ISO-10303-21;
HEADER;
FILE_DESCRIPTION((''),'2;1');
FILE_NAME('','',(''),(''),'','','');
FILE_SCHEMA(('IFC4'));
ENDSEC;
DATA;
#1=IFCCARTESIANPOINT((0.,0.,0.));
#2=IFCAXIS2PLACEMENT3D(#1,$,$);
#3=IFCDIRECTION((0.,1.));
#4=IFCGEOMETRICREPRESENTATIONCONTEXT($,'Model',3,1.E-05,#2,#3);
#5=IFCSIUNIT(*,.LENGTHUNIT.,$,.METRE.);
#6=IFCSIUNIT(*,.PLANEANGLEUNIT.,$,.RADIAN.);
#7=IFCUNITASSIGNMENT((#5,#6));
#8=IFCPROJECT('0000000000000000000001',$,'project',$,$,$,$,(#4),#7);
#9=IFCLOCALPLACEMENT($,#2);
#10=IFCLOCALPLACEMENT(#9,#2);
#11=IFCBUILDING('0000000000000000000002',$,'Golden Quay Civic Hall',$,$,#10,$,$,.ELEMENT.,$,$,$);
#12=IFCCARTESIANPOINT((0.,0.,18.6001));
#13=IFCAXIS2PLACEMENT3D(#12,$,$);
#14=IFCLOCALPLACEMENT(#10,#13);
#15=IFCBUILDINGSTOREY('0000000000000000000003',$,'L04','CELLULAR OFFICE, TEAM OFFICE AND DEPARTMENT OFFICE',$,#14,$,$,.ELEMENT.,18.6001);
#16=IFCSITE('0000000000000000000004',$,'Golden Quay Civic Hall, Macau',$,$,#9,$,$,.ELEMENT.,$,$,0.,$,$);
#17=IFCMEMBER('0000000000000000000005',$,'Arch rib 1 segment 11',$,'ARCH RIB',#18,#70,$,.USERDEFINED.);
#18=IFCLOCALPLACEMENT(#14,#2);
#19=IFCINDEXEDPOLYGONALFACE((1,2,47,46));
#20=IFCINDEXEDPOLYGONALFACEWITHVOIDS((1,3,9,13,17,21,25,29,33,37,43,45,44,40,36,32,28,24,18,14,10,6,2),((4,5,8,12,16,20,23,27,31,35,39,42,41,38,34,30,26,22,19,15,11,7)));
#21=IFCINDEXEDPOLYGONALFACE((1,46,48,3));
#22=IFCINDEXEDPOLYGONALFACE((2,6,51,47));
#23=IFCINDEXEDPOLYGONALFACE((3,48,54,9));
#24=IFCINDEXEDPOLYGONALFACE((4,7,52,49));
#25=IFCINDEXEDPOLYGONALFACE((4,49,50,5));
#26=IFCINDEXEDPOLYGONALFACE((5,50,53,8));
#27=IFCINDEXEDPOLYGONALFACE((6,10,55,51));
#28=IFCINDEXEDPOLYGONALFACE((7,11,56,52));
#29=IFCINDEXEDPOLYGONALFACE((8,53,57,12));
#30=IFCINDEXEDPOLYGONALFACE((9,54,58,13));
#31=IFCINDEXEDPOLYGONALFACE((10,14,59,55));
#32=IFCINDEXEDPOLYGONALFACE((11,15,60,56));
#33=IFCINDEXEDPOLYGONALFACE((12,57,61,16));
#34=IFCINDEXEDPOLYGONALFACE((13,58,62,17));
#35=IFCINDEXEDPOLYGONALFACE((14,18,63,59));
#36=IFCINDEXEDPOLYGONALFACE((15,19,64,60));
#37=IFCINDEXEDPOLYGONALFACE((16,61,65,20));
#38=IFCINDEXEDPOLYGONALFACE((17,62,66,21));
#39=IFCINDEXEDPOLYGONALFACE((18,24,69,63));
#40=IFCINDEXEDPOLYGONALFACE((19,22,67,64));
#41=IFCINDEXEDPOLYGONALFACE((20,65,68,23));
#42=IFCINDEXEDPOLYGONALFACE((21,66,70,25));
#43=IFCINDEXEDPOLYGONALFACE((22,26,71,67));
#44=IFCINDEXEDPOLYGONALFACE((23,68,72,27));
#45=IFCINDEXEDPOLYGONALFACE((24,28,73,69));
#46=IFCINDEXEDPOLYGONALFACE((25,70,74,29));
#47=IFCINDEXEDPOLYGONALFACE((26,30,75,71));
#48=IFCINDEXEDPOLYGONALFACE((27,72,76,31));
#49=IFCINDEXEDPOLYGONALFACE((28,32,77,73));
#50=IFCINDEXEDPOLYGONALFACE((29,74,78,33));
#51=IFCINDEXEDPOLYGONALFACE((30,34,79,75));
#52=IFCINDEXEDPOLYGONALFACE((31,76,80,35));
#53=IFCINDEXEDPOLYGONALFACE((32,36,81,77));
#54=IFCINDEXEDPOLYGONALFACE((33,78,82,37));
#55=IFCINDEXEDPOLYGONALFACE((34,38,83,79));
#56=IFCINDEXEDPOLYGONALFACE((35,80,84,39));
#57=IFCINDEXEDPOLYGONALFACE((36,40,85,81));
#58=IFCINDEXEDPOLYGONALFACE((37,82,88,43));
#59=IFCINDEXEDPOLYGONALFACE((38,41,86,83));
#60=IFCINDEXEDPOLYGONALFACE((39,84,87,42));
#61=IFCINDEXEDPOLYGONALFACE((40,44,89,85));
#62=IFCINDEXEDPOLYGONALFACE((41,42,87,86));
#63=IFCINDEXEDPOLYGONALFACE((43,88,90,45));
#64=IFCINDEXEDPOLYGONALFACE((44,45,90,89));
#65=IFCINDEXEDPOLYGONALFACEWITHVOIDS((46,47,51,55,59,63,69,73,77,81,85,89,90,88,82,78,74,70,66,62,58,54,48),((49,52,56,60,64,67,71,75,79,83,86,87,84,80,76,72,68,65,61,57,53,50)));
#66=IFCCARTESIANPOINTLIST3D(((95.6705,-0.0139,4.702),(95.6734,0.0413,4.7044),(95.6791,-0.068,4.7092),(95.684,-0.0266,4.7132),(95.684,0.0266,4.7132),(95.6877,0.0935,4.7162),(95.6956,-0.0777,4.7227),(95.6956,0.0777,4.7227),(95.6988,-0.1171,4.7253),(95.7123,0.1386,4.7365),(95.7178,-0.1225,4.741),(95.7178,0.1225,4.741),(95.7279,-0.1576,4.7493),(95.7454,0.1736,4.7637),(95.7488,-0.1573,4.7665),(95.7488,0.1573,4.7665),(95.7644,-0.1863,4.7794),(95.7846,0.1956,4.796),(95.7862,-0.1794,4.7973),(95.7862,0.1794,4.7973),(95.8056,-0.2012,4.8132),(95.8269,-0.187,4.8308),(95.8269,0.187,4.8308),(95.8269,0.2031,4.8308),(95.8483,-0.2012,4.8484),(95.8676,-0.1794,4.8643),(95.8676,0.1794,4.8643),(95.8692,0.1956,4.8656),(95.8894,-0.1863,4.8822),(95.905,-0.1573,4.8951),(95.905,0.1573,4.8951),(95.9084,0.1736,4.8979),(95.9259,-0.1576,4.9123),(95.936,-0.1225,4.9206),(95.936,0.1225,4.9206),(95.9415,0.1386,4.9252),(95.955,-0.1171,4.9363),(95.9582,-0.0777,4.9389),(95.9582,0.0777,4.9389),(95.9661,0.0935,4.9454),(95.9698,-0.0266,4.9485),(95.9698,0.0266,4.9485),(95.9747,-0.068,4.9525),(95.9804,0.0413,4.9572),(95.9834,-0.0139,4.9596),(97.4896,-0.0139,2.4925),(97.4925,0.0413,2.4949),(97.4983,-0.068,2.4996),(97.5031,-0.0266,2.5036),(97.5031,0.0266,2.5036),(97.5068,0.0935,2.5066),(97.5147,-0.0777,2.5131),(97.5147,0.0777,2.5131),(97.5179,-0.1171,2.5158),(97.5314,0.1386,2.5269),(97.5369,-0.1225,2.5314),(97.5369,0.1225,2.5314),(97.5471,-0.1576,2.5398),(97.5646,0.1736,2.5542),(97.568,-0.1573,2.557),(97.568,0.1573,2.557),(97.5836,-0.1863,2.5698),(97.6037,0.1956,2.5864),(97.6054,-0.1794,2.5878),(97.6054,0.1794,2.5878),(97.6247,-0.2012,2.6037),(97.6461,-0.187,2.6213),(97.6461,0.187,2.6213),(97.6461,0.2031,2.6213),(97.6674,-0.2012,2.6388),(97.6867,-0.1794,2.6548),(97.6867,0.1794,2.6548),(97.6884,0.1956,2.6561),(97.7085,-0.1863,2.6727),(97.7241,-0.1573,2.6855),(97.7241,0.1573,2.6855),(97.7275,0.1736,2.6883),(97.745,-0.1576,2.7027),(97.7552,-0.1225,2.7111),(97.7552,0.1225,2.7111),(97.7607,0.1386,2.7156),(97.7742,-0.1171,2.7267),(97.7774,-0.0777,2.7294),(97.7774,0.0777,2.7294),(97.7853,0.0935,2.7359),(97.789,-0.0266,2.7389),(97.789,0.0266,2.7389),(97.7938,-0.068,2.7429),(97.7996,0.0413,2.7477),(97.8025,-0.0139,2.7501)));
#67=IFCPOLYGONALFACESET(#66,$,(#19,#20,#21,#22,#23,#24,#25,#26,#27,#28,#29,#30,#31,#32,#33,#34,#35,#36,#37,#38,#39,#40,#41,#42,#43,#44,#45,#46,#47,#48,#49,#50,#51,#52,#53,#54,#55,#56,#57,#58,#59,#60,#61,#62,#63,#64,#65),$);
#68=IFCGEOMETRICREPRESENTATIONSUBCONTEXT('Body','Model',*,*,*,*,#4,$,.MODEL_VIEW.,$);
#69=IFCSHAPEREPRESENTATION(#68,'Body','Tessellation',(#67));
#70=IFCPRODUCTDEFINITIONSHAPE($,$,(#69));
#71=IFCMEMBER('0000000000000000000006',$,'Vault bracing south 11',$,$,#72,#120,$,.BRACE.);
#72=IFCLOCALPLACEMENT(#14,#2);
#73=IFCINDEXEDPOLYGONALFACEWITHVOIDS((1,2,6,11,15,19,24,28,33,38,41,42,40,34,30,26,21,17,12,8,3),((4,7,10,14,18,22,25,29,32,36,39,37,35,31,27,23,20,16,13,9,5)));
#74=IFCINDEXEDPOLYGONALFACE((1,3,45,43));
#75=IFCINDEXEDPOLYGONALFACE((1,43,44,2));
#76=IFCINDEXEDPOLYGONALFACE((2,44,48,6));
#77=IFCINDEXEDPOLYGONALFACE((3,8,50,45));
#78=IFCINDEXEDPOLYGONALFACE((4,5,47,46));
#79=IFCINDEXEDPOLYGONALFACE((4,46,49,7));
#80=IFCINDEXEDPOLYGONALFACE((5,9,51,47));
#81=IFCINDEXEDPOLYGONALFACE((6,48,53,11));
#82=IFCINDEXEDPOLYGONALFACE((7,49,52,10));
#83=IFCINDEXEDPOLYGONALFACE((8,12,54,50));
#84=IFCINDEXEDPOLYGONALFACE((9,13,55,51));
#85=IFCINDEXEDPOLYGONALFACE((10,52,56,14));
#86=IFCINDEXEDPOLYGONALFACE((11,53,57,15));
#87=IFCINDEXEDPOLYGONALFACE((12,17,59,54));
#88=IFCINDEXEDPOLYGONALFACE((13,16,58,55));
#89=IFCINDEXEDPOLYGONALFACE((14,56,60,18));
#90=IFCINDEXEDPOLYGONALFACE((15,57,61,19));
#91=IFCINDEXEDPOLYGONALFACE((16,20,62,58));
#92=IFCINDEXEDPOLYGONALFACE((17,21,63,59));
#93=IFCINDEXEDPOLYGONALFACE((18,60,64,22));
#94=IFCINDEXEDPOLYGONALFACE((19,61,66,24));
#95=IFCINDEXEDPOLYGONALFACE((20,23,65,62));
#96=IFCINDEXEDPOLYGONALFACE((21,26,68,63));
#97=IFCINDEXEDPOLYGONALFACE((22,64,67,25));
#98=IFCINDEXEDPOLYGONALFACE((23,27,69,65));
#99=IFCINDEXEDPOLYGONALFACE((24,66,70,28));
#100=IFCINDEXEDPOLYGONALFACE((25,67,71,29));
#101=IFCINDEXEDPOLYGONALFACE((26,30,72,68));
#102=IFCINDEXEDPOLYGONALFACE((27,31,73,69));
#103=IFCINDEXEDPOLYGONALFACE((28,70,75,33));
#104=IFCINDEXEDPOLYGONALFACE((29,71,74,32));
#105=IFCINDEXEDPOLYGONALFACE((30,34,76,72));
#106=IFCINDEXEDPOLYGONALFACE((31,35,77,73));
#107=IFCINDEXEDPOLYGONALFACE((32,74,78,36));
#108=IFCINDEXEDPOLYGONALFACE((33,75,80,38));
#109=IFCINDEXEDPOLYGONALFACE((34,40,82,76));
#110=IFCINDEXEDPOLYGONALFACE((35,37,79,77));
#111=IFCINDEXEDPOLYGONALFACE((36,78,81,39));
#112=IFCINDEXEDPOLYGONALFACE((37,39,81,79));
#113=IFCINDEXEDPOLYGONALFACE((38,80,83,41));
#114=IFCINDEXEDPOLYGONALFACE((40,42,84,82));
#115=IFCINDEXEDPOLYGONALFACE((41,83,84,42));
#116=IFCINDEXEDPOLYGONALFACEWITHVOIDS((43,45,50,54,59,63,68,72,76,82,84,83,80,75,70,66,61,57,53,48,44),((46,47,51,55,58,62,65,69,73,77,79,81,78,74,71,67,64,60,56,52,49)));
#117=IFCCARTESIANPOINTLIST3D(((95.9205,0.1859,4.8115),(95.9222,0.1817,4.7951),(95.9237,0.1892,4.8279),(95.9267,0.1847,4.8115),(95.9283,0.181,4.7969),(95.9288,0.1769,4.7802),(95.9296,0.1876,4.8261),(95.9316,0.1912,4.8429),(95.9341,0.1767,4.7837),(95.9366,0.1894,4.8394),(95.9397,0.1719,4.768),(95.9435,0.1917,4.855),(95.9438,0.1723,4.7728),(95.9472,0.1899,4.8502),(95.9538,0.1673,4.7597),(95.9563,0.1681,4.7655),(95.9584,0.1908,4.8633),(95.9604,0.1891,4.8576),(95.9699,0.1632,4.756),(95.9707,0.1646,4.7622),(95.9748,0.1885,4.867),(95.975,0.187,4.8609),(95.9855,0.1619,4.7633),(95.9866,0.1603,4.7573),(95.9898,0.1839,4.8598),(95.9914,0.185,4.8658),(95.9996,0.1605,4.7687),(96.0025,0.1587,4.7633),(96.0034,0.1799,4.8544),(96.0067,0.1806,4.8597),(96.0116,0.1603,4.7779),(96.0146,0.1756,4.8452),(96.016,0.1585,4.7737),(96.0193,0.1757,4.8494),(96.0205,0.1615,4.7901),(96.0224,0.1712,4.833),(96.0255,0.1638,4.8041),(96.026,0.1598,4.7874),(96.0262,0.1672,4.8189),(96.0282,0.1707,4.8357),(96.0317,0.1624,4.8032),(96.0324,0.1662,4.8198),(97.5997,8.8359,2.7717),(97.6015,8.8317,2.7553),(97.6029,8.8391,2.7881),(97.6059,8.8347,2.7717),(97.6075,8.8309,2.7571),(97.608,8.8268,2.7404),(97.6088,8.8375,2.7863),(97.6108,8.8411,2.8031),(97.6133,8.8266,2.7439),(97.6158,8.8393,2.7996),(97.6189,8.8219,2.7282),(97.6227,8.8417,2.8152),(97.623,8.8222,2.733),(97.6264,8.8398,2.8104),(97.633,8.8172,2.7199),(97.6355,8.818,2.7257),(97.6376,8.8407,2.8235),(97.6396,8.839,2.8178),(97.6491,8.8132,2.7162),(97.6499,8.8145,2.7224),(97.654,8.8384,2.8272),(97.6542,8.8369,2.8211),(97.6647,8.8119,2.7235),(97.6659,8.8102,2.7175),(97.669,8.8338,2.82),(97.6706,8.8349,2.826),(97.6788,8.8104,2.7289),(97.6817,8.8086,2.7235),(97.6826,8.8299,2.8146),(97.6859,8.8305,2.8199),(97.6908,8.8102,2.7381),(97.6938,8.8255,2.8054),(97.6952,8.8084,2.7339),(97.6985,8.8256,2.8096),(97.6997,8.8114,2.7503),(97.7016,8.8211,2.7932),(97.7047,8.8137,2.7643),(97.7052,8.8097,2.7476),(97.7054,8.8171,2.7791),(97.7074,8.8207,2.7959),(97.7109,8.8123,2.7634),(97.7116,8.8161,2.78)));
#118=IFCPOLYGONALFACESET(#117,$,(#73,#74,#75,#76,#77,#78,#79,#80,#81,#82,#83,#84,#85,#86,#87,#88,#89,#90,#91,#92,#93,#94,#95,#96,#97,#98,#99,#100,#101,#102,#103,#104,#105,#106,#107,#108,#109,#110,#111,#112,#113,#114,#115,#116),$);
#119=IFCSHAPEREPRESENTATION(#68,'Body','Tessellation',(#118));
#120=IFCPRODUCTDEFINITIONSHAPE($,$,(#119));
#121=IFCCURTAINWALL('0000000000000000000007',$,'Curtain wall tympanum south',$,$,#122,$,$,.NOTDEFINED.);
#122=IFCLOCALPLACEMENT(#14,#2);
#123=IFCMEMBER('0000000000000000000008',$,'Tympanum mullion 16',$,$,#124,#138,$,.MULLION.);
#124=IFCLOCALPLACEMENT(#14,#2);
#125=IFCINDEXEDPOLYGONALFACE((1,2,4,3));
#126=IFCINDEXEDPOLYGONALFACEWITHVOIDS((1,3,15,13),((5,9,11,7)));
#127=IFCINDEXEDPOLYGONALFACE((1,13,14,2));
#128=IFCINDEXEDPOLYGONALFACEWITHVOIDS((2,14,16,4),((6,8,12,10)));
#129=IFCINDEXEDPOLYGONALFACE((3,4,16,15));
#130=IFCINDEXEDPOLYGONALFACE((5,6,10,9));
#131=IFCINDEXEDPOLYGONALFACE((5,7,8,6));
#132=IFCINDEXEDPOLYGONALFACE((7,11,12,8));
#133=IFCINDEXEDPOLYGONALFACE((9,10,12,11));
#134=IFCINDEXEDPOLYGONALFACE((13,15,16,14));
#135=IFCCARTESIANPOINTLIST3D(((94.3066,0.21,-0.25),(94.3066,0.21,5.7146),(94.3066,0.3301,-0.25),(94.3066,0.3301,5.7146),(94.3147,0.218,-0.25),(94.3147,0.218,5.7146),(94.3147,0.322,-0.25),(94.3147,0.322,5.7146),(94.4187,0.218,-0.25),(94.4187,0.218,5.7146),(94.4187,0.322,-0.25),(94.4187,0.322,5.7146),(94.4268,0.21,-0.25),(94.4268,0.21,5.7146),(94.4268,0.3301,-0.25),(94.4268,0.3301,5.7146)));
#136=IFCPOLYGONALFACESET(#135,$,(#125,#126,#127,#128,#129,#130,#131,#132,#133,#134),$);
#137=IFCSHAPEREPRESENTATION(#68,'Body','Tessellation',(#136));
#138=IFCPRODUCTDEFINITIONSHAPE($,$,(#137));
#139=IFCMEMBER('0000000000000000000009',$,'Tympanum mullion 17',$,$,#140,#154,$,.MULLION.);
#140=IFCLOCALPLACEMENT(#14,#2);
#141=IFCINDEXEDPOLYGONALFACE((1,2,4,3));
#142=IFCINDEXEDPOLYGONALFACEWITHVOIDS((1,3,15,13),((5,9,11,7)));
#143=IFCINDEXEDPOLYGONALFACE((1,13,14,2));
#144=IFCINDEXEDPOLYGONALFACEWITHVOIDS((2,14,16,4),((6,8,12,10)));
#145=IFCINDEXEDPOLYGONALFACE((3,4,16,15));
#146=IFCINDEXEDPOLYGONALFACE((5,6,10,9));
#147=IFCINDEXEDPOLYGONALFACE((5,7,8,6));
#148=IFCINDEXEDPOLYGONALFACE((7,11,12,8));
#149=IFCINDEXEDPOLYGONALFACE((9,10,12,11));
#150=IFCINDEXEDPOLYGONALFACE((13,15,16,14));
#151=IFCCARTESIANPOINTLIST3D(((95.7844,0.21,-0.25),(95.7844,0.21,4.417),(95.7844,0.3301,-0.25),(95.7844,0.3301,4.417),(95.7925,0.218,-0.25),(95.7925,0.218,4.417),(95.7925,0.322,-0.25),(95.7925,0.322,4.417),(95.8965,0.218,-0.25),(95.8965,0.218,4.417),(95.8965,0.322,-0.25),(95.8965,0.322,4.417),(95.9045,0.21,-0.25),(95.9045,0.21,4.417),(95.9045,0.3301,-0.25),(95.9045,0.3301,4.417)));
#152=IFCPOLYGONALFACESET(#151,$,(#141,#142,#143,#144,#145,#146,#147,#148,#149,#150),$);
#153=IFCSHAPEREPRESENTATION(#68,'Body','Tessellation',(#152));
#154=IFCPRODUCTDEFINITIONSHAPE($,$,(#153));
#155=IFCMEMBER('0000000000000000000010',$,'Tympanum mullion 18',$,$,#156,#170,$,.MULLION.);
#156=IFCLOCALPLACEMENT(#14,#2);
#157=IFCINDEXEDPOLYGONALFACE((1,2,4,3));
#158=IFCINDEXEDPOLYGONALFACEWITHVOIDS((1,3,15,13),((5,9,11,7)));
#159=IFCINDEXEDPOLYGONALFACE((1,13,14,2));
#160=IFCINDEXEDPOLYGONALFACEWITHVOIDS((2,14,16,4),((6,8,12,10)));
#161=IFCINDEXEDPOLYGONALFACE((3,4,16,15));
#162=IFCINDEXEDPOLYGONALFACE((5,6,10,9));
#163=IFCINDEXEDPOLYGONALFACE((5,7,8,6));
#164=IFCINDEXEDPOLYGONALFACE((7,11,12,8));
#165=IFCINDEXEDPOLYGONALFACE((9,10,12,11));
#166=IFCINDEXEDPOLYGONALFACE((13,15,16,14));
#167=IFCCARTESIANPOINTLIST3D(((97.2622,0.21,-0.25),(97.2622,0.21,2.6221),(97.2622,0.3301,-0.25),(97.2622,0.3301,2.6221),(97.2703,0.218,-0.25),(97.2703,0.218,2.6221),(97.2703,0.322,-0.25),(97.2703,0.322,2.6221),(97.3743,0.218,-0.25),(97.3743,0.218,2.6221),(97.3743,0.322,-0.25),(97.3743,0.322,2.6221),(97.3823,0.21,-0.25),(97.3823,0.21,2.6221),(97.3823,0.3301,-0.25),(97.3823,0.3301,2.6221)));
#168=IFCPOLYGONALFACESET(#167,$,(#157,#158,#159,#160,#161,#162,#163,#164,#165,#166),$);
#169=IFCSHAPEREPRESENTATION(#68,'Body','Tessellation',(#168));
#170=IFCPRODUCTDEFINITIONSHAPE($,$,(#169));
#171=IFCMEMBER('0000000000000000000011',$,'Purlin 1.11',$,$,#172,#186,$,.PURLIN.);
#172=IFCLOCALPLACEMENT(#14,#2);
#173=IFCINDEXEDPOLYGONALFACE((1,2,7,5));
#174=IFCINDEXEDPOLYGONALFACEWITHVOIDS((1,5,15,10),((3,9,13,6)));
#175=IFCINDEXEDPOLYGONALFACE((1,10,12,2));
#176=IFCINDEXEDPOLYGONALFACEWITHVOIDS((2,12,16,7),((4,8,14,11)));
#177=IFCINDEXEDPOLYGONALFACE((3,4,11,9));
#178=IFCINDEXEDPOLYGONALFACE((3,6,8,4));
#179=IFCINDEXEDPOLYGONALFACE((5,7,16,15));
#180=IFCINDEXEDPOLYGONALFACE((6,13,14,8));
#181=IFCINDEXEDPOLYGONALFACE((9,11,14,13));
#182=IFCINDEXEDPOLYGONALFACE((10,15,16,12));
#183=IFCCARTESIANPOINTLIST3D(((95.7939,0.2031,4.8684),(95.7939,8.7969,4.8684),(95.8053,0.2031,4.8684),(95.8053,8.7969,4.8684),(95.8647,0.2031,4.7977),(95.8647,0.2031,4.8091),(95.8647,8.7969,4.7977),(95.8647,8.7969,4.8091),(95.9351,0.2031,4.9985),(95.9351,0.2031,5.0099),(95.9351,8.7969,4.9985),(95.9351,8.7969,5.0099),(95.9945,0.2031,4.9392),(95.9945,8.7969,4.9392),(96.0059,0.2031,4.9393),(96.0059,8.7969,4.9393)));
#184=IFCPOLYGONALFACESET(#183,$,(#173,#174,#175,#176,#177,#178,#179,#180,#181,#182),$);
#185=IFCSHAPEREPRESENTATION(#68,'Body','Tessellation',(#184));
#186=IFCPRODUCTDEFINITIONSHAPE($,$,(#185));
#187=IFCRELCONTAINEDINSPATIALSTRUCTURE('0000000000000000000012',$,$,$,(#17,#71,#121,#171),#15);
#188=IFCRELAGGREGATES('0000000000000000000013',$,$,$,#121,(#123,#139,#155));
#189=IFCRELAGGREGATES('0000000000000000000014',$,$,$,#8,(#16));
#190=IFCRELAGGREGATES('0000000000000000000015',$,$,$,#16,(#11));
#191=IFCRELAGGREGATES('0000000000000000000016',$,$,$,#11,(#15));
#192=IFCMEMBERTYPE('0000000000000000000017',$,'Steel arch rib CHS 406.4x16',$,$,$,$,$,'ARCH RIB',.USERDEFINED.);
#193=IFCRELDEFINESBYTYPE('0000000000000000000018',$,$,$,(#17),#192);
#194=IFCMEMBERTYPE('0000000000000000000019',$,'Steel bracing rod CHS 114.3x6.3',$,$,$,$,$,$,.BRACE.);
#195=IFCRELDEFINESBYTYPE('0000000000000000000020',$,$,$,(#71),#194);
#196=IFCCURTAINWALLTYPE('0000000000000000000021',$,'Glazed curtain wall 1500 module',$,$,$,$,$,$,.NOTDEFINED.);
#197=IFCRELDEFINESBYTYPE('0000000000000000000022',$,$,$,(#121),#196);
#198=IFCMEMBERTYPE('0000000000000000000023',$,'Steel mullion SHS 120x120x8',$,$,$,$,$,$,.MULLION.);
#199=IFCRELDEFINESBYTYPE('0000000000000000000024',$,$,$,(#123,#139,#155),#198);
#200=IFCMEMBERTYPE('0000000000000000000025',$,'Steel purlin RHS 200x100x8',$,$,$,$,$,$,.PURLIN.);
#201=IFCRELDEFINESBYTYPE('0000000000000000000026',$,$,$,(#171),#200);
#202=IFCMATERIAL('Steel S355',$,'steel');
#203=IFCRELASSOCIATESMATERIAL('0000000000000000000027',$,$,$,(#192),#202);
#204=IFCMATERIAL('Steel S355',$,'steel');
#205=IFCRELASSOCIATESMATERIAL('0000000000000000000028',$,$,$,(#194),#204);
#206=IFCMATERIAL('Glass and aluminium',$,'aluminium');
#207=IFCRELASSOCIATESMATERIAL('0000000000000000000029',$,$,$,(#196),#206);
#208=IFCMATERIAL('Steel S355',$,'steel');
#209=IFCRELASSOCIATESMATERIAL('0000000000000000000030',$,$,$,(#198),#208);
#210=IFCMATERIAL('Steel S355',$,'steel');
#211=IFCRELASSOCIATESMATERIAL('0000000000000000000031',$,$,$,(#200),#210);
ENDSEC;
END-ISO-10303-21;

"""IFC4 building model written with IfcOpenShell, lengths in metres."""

from ifc_helpers import new_model, si_unit, direction, frame, origin, origin_2d, place, context, subcontext, project, spatial, hollow_rectangle, hollow_circle, extrude, material, material_profile, profile_set, type_object, element, aggregate, save


model = new_model("IFC4")

# Units and contexts
model_context = context("Model", 3, precision=1e-05, world=origin(), true_north=direction((0.0, 1.0)))
body_context = subcontext(model_context, "Body", "Model", "MODEL_VIEW")
ifc_project = project(units=[si_unit("LENGTHUNIT", "METRE"), si_unit("PLANEANGLEUNIT", "RADIAN")], contexts=[model_context])

# Site, building, storey
site_placement = place(None, origin())
site = spatial("IfcSite", under=ifc_project, at=site_placement, Name="Golden Quay Civic Hall, Macau", CompositionType="ELEMENT", RefElevation=0.0)
building_placement = place(site_placement, origin())
building = spatial("IfcBuilding", under=site, at=building_placement, Name="Golden Quay Civic Hall", CompositionType="ELEMENT")
storey_placement = place(building_placement, frame((0.0, 0.0, 18.6001)))
storey = spatial("IfcBuildingStorey", under=building, at=storey_placement, Name="L04", Description="CELLULAR OFFICE, TEAM OFFICE AND DEPARTMENT OFFICE", CompositionType="ELEMENT", Elevation=18.6001)

# Members
ifc_material_1 = material(Name="Steel S355", Category="steel")
ifc_material_profile_1 = material_profile(ifc_material_1, hollow_circle(Radius=0.2031, WallThickness=0.0161, at=origin_2d()), Name="CHS 406.4x16")
ifc_profile_set_1 = profile_set([ifc_material_profile_1], Name="Steel S355")
member_type_1 = type_object("IfcMemberType", Name="Steel arch rib CHS 406.4x16", ElementType="ARCH RIB", PredefinedType="USERDEFINED", material=ifc_profile_set_1)
member_1_placement = place(storey_placement, frame((95.8269, 0.0, 4.8308), z_axis=(0.635609, 0.0, -0.772011), x_axis=(0.0, 1.0, 0.0)))
element("IfcMember", 1, at=member_1_placement, inside=storey, type_object=member_type_1, Name="Arch rib 1 segment 11", ObjectType="ARCH RIB", PredefinedType="USERDEFINED", context=body_context, shape_type="SweptSolid", body=[
    extrude(hollow_circle(Radius=0.2031, WallThickness=0.0161, at=origin_2d()), origin(), (0.0, 0.0, 1.0), 2.8621),
])
ifc_material_2 = material(Name="Steel S355", Category="steel")
ifc_material_profile_2 = material_profile(ifc_material_2, hollow_circle(Radius=0.0571, WallThickness=0.0063, at=origin_2d()), Name="CHS 114.3x6.3")
ifc_profile_set_2 = profile_set([ifc_material_profile_2], Name="Steel S355")
member_type_2 = type_object("IfcMemberType", Name="Steel bracing rod CHS 114.3x6.3", PredefinedType="BRACE", material=ifc_profile_set_2)
member_2_placement = place(storey_placement, frame((95.9766, 0.175, 4.8115), z_axis=(0.185662, 0.956381, -0.225531), x_axis=(-0.981673, 0.190572, 0.0)))
element("IfcMember", 2, at=member_2_placement, inside=storey, type_object=member_type_2, Name="Vault bracing south 11", PredefinedType="BRACE", context=body_context, shape_type="SweptSolid", body=[
    extrude(hollow_circle(Radius=0.0571, WallThickness=0.0063, at=origin_2d()), origin(), (0.0, 0.0, 1.0), 9.0444),
])

# Curtain wall, members
ifc_material_3 = material(Name="Glass and aluminium", Category="aluminium")
curtain_wall_type = type_object("IfcCurtainWallType", Name="Glazed curtain wall 1500 module", PredefinedType="NOTDEFINED", material=ifc_material_3)
curtain_wall_placement = place(storey_placement, origin())
curtain_wall = element("IfcCurtainWall", 3, at=curtain_wall_placement, inside=storey, type_object=curtain_wall_type, Name="Curtain wall tympanum south", PredefinedType="NOTDEFINED")
ifc_material_4 = material(Name="Steel S355", Category="steel")
ifc_material_profile_3 = material_profile(ifc_material_4, hollow_rectangle(XDim=0.1201, YDim=0.1201, WallThickness=0.0081, at=origin_2d()), Name="SHS 120x120x8")
ifc_profile_set_3 = profile_set([ifc_material_profile_3], Name="Steel S355")
member_type_3 = type_object("IfcMemberType", Name="Steel mullion SHS 120x120x8", PredefinedType="MULLION", material=ifc_profile_set_3)
member_3_placement = place(storey_placement, frame((94.3667, 0.27, -0.25), z_axis=(0.0, 0.0, 1.0), x_axis=(0.0, 1.0, 0.0)))
member_3 = element("IfcMember", 4, at=member_3_placement, type_object=member_type_3, Name="Tympanum mullion 16", PredefinedType="MULLION", context=body_context, shape_type="SweptSolid", body=[
    extrude(hollow_rectangle(XDim=0.1201, YDim=0.1201, WallThickness=0.0081, at=origin_2d()), origin(), (0.0, 0.0, 1.0), 5.9646),
])
member_4_placement = place(storey_placement, frame((95.8445, 0.27, -0.25), z_axis=(0.0, 0.0, 1.0), x_axis=(0.0, 1.0, 0.0)))
member_4 = element("IfcMember", 5, at=member_4_placement, type_object=member_type_3, Name="Tympanum mullion 17", PredefinedType="MULLION", context=body_context, shape_type="SweptSolid", body=[
    extrude(hollow_rectangle(XDim=0.1201, YDim=0.1201, WallThickness=0.0081, at=origin_2d()), origin(), (0.0, 0.0, 1.0), 4.667),
])
member_5_placement = place(storey_placement, frame((97.3223, 0.27, -0.25), z_axis=(0.0, 0.0, 1.0), x_axis=(0.0, 1.0, 0.0)))
member_5 = element("IfcMember", 6, at=member_5_placement, type_object=member_type_3, Name="Tympanum mullion 18", PredefinedType="MULLION", context=body_context, shape_type="SweptSolid", body=[
    extrude(hollow_rectangle(XDim=0.1201, YDim=0.1201, WallThickness=0.0081, at=origin_2d()), origin(), (0.0, 0.0, 1.0), 2.8721),
])

# Member
ifc_material_5 = material(Name="Steel S355", Category="steel")
ifc_material_profile_4 = material_profile(ifc_material_5, hollow_rectangle(XDim=0.1001, YDim=0.2, WallThickness=0.0081, at=origin_2d()), Name="RHS 200x100x8")
ifc_profile_set_4 = profile_set([ifc_material_profile_4], Name="Steel S355")
member_type_4 = type_object("IfcMemberType", Name="Steel purlin RHS 200x100x8", PredefinedType="PURLIN", material=ifc_profile_set_4)
member_6_placement = place(storey_placement, frame((95.8999, 0.2031, 4.9038), z_axis=(0.0, 1.0, 0.0), x_axis=(-0.708092, 0.0, 0.70612)))
element("IfcMember", 7, at=member_6_placement, inside=storey, type_object=member_type_4, Name="Purlin 1.11", PredefinedType="PURLIN", context=body_context, shape_type="SweptSolid", body=[
    extrude(hollow_rectangle(XDim=0.1001, YDim=0.2, WallThickness=0.0081, at=origin_2d()), origin(), (0.0, 0.0, 1.0), 8.5938),
])

aggregate(curtain_wall, [member_3, member_4, member_5])

save(model, "model.ifc")
